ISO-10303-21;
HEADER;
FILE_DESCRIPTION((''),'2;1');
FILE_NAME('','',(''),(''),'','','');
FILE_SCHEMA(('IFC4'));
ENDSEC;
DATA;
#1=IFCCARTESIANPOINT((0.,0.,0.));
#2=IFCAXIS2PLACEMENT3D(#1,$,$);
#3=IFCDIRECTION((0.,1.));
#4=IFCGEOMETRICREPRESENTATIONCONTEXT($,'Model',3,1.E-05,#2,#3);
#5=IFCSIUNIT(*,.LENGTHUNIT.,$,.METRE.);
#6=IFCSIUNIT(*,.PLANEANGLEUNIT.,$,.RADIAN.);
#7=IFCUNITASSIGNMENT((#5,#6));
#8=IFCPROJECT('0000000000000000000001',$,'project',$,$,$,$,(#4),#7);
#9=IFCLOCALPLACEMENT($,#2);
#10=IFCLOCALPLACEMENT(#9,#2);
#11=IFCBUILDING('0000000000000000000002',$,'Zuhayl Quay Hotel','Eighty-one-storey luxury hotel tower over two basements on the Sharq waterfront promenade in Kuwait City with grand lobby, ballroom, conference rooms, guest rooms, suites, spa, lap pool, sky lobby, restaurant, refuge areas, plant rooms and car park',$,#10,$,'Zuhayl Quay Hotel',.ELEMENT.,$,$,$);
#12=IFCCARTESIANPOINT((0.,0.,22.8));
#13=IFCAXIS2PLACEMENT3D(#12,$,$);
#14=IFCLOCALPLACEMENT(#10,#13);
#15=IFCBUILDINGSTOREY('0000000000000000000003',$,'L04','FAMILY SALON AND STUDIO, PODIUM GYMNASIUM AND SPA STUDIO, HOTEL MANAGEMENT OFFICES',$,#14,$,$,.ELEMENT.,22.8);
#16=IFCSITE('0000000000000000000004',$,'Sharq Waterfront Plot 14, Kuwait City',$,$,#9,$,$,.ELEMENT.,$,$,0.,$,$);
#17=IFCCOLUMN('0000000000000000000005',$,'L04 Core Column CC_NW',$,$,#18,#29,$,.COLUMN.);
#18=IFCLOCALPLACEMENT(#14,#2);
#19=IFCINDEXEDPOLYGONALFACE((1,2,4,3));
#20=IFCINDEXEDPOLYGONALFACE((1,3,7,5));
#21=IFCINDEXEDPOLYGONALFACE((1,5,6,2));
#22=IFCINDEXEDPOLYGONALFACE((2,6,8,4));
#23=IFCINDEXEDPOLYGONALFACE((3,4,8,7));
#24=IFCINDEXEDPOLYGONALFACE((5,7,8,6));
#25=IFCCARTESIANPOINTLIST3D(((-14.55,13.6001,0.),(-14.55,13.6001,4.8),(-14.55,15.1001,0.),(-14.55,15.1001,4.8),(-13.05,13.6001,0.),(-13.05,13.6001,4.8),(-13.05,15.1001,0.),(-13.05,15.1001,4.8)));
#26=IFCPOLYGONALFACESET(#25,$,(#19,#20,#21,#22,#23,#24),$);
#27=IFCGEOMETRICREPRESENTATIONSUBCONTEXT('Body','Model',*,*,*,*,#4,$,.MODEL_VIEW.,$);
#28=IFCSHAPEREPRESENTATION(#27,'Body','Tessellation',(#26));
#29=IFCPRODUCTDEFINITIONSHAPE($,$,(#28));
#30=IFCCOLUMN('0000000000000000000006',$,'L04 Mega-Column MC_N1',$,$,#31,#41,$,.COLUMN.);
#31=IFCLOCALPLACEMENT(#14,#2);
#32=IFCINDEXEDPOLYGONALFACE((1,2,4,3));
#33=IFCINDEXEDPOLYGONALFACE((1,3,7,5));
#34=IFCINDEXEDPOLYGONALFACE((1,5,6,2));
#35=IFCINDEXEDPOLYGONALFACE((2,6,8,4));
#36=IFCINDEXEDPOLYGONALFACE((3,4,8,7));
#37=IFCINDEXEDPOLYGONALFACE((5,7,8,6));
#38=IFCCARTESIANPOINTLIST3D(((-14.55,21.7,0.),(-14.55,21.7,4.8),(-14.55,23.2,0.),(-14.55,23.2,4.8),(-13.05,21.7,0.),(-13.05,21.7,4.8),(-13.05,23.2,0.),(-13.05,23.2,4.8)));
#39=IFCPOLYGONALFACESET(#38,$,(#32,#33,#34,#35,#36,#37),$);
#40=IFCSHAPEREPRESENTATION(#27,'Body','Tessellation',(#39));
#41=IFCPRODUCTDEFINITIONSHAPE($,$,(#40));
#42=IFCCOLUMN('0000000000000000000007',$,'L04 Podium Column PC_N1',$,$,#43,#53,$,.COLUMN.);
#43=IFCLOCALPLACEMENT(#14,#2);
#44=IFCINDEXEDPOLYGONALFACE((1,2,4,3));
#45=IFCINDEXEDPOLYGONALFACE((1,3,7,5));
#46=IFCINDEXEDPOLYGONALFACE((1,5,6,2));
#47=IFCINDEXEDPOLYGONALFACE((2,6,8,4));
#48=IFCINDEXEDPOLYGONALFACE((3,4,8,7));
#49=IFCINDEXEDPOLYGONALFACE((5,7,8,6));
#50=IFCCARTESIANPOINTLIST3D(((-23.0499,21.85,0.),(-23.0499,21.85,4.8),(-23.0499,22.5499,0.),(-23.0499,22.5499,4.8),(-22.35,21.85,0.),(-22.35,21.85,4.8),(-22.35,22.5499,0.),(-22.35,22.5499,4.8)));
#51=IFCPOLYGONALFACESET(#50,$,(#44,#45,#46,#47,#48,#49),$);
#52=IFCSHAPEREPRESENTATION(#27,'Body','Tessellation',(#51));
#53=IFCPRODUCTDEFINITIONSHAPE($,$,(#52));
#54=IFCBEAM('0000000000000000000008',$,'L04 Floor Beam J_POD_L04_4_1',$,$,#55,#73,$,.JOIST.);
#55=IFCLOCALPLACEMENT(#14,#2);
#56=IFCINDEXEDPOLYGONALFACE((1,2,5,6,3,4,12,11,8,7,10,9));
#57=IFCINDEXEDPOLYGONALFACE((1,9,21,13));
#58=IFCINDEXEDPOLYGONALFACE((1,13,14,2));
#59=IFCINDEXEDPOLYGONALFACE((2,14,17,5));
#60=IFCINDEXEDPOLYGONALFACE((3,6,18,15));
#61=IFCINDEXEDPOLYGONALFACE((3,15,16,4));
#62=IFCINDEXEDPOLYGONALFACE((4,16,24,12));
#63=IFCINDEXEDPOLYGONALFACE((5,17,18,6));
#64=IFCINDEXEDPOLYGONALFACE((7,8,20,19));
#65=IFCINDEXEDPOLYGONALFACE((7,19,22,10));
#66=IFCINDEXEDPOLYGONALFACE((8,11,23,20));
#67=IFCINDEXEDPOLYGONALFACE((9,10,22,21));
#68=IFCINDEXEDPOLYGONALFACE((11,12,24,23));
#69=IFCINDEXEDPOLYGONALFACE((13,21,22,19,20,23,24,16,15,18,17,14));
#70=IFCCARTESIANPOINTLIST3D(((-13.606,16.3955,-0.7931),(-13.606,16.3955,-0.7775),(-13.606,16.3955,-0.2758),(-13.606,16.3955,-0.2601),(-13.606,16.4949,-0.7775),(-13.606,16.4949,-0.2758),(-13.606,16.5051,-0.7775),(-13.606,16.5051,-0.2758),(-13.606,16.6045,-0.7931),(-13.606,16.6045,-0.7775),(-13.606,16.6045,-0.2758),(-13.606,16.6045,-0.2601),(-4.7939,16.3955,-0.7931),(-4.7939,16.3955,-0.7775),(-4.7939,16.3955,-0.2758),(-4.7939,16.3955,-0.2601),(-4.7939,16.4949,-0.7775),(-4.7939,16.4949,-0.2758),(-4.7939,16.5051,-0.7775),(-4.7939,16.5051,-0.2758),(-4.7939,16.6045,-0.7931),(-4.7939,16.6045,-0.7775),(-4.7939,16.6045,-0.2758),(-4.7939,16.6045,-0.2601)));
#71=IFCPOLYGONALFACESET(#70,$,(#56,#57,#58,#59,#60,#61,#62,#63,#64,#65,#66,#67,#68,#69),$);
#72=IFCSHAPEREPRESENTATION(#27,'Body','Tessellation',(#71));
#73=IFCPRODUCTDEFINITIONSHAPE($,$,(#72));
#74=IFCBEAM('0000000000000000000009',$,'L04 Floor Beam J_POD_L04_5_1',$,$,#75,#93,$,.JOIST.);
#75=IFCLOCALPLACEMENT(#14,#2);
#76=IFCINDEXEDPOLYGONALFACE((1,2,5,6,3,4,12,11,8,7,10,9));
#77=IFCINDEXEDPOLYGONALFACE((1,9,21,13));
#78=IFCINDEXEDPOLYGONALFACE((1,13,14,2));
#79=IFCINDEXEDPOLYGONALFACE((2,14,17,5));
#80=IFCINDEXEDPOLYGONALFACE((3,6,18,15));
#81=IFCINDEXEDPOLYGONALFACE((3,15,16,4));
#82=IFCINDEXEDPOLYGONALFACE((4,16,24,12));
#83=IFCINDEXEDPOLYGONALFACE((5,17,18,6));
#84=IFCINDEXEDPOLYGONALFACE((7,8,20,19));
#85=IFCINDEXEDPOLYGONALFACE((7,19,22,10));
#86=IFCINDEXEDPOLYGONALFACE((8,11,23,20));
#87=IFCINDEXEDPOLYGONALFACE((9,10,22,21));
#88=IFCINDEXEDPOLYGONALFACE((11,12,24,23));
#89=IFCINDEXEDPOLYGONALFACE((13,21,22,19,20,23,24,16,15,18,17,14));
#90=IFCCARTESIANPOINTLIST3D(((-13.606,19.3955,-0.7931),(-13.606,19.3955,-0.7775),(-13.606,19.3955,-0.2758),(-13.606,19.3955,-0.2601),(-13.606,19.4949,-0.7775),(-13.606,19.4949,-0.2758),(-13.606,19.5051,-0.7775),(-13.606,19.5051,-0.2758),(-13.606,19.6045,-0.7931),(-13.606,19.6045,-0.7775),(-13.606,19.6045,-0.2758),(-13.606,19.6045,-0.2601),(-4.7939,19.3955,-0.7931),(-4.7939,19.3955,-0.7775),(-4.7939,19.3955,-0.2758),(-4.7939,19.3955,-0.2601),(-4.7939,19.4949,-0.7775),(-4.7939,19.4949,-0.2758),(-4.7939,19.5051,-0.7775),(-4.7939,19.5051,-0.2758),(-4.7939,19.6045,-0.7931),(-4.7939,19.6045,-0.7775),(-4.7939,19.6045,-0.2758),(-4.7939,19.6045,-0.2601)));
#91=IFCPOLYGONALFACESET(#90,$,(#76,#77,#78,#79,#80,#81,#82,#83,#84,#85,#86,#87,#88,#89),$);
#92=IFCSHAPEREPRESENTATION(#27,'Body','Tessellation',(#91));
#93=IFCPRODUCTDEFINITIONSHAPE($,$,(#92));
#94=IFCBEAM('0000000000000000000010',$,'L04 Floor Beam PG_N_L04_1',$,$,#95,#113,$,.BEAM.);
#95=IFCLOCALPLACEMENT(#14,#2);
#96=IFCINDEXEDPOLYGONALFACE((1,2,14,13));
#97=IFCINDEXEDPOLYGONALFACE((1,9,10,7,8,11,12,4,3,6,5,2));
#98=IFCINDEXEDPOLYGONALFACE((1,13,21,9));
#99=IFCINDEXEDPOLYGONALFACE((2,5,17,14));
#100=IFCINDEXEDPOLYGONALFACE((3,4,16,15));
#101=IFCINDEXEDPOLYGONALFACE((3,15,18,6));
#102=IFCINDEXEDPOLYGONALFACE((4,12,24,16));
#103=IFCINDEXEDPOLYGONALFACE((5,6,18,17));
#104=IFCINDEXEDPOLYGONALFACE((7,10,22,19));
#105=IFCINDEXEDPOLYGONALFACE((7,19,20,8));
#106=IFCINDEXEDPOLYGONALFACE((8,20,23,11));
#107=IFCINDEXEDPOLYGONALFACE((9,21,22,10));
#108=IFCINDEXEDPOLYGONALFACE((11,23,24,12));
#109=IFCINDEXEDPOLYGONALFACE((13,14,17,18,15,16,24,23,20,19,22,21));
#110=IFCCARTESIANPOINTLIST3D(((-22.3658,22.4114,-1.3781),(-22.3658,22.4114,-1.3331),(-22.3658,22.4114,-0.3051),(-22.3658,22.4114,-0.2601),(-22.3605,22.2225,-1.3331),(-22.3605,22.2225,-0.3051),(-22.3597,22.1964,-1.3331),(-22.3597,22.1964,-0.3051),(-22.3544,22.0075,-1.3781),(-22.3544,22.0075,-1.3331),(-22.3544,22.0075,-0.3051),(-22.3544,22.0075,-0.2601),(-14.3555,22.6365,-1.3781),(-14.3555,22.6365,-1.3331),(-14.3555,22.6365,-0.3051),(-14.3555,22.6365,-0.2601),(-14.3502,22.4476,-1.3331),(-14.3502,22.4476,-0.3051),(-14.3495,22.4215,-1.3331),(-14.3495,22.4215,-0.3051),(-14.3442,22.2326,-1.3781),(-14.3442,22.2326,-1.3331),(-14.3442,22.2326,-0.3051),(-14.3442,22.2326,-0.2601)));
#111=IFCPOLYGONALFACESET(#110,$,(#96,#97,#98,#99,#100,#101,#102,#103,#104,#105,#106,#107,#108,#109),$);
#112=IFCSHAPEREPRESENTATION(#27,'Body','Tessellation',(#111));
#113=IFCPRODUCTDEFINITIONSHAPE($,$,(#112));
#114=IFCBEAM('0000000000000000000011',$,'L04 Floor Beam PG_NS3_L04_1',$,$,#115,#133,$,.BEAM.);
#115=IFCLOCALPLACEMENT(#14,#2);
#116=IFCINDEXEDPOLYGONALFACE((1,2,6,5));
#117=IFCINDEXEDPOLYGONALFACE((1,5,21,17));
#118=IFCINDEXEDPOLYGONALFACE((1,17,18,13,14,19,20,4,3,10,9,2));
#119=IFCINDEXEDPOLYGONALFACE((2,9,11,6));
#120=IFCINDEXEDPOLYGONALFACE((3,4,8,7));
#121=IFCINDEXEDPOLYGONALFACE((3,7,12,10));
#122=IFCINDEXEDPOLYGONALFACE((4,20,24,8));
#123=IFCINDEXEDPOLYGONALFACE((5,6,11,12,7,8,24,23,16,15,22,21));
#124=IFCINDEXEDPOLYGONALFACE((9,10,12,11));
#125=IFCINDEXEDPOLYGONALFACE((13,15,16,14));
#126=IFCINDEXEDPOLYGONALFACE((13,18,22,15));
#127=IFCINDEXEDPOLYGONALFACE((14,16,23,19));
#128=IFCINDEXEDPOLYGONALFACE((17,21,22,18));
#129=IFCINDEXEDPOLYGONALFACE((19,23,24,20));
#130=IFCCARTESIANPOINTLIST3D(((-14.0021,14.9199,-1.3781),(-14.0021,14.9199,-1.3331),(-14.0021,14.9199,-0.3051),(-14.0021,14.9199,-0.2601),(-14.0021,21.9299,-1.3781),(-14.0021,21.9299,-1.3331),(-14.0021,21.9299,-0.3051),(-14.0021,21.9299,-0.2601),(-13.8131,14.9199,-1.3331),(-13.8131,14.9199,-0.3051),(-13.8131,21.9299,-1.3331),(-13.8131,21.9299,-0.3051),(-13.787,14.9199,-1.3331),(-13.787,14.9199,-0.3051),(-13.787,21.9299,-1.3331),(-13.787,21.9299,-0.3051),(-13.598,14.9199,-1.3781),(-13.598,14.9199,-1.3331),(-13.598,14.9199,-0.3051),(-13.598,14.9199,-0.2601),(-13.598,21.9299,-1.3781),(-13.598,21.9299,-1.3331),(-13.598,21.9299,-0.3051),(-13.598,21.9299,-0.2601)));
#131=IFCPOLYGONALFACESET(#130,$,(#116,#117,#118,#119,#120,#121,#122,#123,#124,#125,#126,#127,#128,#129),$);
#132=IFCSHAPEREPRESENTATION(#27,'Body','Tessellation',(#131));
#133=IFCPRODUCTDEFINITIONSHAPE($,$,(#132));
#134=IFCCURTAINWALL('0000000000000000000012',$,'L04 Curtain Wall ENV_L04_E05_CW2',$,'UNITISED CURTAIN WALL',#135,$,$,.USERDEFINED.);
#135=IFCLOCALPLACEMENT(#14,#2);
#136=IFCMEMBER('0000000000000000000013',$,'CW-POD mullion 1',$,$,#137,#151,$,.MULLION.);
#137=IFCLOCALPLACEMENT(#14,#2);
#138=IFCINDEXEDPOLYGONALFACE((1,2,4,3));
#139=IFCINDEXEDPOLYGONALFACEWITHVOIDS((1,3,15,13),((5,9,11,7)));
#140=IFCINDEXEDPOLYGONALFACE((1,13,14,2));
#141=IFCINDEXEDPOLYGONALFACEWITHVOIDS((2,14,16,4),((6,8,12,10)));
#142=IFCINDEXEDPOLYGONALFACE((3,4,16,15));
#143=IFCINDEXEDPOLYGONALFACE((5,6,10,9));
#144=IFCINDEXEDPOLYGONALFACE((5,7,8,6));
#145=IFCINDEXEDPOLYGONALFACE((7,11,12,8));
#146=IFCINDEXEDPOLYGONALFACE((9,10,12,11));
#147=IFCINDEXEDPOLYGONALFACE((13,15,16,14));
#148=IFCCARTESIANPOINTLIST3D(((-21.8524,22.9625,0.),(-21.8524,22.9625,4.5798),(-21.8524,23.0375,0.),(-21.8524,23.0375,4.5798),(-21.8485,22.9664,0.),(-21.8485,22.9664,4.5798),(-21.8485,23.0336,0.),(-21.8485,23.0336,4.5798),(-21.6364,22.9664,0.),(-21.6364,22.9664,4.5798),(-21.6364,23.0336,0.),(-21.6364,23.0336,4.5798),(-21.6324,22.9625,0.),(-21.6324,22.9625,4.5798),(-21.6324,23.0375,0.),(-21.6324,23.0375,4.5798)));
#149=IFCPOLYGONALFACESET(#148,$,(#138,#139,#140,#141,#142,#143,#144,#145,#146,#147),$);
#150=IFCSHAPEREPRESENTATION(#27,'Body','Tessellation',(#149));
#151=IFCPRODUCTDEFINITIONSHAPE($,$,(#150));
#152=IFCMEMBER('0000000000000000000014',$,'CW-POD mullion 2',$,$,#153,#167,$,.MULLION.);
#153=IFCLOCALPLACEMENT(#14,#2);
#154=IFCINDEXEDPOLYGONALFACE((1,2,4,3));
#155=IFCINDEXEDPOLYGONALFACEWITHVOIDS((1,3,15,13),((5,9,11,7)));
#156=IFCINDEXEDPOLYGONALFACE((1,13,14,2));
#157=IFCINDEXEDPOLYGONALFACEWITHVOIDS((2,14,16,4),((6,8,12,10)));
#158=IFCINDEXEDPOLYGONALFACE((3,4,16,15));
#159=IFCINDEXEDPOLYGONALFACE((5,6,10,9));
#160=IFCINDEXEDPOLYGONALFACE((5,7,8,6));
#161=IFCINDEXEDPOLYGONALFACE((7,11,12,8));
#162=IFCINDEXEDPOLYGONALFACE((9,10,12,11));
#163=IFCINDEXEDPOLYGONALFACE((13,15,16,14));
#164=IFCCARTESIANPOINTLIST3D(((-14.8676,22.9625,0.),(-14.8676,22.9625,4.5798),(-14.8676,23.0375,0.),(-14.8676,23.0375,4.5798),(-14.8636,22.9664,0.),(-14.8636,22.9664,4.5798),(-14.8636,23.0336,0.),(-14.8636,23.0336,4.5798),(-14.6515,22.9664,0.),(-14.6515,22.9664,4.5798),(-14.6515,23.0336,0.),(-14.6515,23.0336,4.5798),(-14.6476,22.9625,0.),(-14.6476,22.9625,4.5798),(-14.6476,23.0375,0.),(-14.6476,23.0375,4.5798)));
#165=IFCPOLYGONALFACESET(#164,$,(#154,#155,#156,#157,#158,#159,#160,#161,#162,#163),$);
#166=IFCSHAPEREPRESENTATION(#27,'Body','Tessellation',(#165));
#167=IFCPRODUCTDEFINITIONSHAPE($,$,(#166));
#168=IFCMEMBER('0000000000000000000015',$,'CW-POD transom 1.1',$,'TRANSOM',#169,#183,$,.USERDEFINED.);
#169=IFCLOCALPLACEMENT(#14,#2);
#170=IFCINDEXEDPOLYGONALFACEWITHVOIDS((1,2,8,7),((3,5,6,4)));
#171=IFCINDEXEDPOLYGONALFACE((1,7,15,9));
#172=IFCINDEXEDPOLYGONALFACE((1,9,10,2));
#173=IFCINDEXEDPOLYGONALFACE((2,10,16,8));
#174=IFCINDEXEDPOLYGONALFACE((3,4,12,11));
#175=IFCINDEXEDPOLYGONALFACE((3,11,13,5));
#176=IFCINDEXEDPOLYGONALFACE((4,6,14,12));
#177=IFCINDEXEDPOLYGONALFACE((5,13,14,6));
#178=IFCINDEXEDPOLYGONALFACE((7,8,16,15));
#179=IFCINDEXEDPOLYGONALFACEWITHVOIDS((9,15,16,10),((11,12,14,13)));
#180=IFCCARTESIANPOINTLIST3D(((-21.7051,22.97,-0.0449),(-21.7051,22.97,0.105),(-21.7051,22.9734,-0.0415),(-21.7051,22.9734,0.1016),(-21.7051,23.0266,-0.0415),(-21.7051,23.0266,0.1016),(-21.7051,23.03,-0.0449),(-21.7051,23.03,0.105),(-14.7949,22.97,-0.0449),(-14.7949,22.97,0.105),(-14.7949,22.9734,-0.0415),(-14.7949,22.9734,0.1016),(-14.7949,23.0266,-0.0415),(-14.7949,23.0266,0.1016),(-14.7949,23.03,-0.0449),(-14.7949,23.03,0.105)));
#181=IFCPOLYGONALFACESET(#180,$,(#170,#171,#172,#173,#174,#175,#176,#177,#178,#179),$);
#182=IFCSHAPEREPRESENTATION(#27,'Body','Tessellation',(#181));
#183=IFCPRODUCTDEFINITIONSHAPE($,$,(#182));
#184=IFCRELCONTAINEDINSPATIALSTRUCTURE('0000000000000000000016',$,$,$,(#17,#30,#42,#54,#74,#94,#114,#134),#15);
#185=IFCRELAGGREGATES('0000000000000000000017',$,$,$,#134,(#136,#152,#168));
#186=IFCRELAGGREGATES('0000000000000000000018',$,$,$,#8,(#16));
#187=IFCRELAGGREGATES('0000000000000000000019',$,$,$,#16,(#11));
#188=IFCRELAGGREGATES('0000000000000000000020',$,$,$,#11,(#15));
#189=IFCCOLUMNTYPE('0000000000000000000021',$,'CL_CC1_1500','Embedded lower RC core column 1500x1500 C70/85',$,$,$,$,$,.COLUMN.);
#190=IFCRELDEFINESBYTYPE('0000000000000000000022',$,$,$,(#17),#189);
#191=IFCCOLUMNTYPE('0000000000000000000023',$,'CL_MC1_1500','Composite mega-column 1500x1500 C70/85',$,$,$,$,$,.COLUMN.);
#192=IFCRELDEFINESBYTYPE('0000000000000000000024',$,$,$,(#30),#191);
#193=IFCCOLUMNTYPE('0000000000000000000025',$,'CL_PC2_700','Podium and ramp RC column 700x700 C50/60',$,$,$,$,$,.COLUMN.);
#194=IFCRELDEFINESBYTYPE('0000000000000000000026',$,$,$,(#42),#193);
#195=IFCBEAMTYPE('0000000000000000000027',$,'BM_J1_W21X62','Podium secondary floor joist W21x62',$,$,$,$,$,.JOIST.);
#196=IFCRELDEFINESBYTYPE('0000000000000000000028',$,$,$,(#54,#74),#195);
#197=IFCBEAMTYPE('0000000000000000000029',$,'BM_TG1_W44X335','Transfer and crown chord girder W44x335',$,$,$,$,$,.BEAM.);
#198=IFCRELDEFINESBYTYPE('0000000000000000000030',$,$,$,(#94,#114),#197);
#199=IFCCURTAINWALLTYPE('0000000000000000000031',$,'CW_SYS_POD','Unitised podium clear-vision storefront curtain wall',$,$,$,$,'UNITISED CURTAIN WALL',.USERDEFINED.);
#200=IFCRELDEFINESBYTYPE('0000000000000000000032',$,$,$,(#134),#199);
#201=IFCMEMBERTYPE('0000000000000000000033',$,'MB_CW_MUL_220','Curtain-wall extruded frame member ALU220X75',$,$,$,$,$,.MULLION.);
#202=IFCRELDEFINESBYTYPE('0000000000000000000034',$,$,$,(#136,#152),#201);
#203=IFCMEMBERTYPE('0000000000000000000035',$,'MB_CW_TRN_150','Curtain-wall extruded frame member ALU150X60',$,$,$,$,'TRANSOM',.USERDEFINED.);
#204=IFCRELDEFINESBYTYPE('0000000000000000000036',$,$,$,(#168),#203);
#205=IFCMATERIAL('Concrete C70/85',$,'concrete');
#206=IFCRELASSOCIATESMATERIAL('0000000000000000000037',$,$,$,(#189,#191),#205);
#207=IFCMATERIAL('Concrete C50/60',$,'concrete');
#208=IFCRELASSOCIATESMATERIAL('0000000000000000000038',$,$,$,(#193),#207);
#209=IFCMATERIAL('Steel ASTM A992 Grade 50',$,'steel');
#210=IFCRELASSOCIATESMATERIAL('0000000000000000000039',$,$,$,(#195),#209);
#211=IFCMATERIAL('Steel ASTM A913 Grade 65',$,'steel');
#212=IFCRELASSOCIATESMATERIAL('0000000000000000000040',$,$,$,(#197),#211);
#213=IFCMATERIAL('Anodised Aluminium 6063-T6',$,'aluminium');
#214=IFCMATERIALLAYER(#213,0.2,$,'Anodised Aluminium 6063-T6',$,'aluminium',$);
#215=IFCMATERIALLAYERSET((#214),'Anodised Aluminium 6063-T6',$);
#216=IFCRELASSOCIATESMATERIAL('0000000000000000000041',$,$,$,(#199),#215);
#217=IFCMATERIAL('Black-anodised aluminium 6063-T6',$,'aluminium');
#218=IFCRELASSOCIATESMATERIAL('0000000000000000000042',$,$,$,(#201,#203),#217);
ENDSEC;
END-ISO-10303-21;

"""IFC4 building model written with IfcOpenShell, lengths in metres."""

from ifc_helpers import new_model, si_unit, direction, frame, origin, origin_2d, place, context, subcontext, project, spatial, rectangle, hollow_rectangle, i_section, extrude, material, layer, layer_set, material_profile, profile_set, type_object, element, aggregate, save


model = new_model("IFC4")

# Units and contexts
model_context = context("Model", 3, precision=1e-05, world=origin(), true_north=direction((0.0, 1.0)))
body_context = subcontext(model_context, "Body", "Model", "MODEL_VIEW")
ifc_project = project(units=[si_unit("LENGTHUNIT", "METRE"), si_unit("PLANEANGLEUNIT", "RADIAN")], contexts=[model_context])

# Site, building, storey
site_placement = place(None, origin())
site = spatial("IfcSite", under=ifc_project, at=site_placement, Name="Sharq Waterfront Plot 14, Kuwait City", CompositionType="ELEMENT", RefElevation=0.0)
building_placement = place(site_placement, origin())
building = spatial("IfcBuilding", under=site, at=building_placement, Name="Zuhayl Quay Hotel", Description="Eighty-one-storey luxury hotel tower over two basements on the Sharq waterfront promenade in Kuwait City with grand lobby, ballroom, conference rooms, guest rooms, suites, spa, lap pool, sky lobby, restaurant, refuge areas, plant rooms and car park", LongName="Zuhayl Quay Hotel", CompositionType="ELEMENT")
storey_placement = place(building_placement, frame((0.0, 0.0, 22.8)))
storey = spatial("IfcBuildingStorey", under=building, at=storey_placement, Name="L04", Description="FAMILY SALON AND STUDIO, PODIUM GYMNASIUM AND SPA STUDIO, HOTEL MANAGEMENT OFFICES", CompositionType="ELEMENT", Elevation=22.8)

# Columns
ifc_material_1 = material(Name="Concrete C70/85", Category="concrete")
ifc_material_profile_1 = material_profile(ifc_material_1, rectangle(XDim=1.5, YDim=1.5, at=origin_2d()), Name="RC1500X1500")
ifc_profile_set_1 = profile_set([ifc_material_profile_1], Name="Concrete C70/85")
column_type_1 = type_object("IfcColumnType", Name="CL_CC1_1500", Description="Embedded lower RC core column 1500x1500 C70/85", PredefinedType="COLUMN", material=ifc_profile_set_1)
column_1_placement = place(storey_placement, frame((-13.8, 14.3501, 0.0), z_axis=(0.0, 0.0, 1.0), x_axis=(1.0, 0.0, 0.0)))
element("IfcColumn", 1, at=column_1_placement, inside=storey, type_object=column_type_1, Name="L04 Core Column CC_NW", PredefinedType="COLUMN", context=body_context, shape_type="SweptSolid", body=[
    extrude(rectangle(XDim=1.5, YDim=1.5, at=origin_2d()), origin(), (0.0, 0.0, 1.0), 4.8),
])
ifc_material_profile_2 = material_profile(ifc_material_1, rectangle(XDim=1.5, YDim=1.5, at=origin_2d()), Name="RC1500X1500")
ifc_profile_set_2 = profile_set([ifc_material_profile_2], Name="Concrete C70/85")
column_type_2 = type_object("IfcColumnType", Name="CL_MC1_1500", Description="Composite mega-column 1500x1500 C70/85", PredefinedType="COLUMN", material=ifc_profile_set_2)
column_2_placement = place(storey_placement, frame((-13.8, 22.45, 0.0), z_axis=(0.0, 0.0, 1.0), x_axis=(1.0, 0.0, 0.0)))
element("IfcColumn", 2, at=column_2_placement, inside=storey, type_object=column_type_2, Name="L04 Mega-Column MC_N1", PredefinedType="COLUMN", context=body_context, shape_type="SweptSolid", body=[
    extrude(rectangle(XDim=1.5, YDim=1.5, at=origin_2d()), origin(), (0.0, 0.0, 1.0), 4.8),
])
ifc_material_2 = material(Name="Concrete C50/60", Category="concrete")
ifc_material_profile_3 = material_profile(ifc_material_2, rectangle(XDim=0.7, YDim=0.7, at=origin_2d()), Name="RC700X700")
ifc_profile_set_3 = profile_set([ifc_material_profile_3], Name="Concrete C50/60")
column_type_3 = type_object("IfcColumnType", Name="CL_PC2_700", Description="Podium and ramp RC column 700x700 C50/60", PredefinedType="COLUMN", material=ifc_profile_set_3)
column_3_placement = place(storey_placement, frame((-22.7, 22.2, 0.0), z_axis=(0.0, 0.0, 1.0), x_axis=(1.0, 0.0, 0.0)))
element("IfcColumn", 3, at=column_3_placement, inside=storey, type_object=column_type_3, Name="L04 Podium Column PC_N1", PredefinedType="COLUMN", context=body_context, shape_type="SweptSolid", body=[
    extrude(rectangle(XDim=0.7, YDim=0.7, at=origin_2d()), origin(), (0.0, 0.0, 1.0), 4.8),
])

# Beams
ifc_material_3 = material(Name="Steel ASTM A992 Grade 50", Category="steel")
ifc_material_profile_4 = material_profile(ifc_material_3, i_section(OverallWidth=0.209, OverallDepth=0.533, WebThickness=0.0103, FlangeThickness=0.0156, at=origin_2d()), Name="W21X62")
ifc_profile_set_4 = profile_set([ifc_material_profile_4], Name="Steel ASTM A992 Grade 50")
beam_type_1 = type_object("IfcBeamType", Name="BM_J1_W21X62", Description="Podium secondary floor joist W21x62", PredefinedType="JOIST", material=ifc_profile_set_4)
for number, where, z_axis, x_axis, name in (
    (4, (-13.606, 16.5, -0.5266), (1.0, 0.0, 0.0), (0.0, 1.0, 0.0), "L04 Floor Beam J_POD_L04_4_1"),
    (5, (-13.606, 19.5, -0.5266), (1.0, 0.0, 0.0), (0.0, 1.0, 0.0), "L04 Floor Beam J_POD_L04_5_1"),
):
    element("IfcBeam", number, at=place(storey_placement, frame(where, z_axis=z_axis, x_axis=x_axis)), inside=storey, type_object=beam_type_1, Name=name, PredefinedType="JOIST", context=body_context, shape_type="SweptSolid", body=[
        extrude(i_section(OverallWidth=0.209, OverallDepth=0.533, WebThickness=0.0103, FlangeThickness=0.0156, at=origin_2d()), origin(), (0.0, 0.0, 1.0), 8.812),
    ])
ifc_material_4 = material(Name="Steel ASTM A913 Grade 65", Category="steel")
ifc_material_profile_5 = material_profile(ifc_material_4, i_section(OverallWidth=0.4041, OverallDepth=1.1179, WebThickness=0.0261, FlangeThickness=0.0449, at=origin_2d()), Name="W44X335")
ifc_profile_set_5 = profile_set([ifc_material_profile_5], Name="Steel ASTM A913 Grade 65")
beam_type_2 = type_object("IfcBeamType", Name="BM_TG1_W44X335", Description="Transfer and crown chord girder W44x335", PredefinedType="BEAM", material=ifc_profile_set_5)
beam_1_placement = place(storey_placement, frame((-22.3601, 22.2095, -0.8191), z_axis=(0.999605, 0.02809, 0.0), x_axis=(-0.02809, 0.999605, 0.0)))
element("IfcBeam", 6, at=beam_1_placement, inside=storey, type_object=beam_type_2, Name="L04 Floor Beam PG_N_L04_1", PredefinedType="BEAM", context=body_context, shape_type="SweptSolid", body=[
    extrude(i_section(OverallWidth=0.4041, OverallDepth=1.1179, WebThickness=0.0261, FlangeThickness=0.0449, at=origin_2d()), origin(), (0.0, 0.0, 1.0), 8.0134),
])
beam_2_placement = place(storey_placement, frame((-13.8, 14.9199, -0.8191), z_axis=(0.0, 1.0, 0.0), x_axis=(-1.0, 0.0, 0.0)))
element("IfcBeam", 7, at=beam_2_placement, inside=storey, type_object=beam_type_2, Name="L04 Floor Beam PG_NS3_L04_1", PredefinedType="BEAM", context=body_context, shape_type="SweptSolid", body=[
    extrude(i_section(OverallWidth=0.4041, OverallDepth=1.1179, WebThickness=0.0261, FlangeThickness=0.0449, at=origin_2d()), origin(), (0.0, 0.0, 1.0), 7.01),
])

# Curtain wall, members
ifc_material_5 = material(Name="Anodised Aluminium 6063-T6", Category="aluminium")
ifc_layer_1 = layer(ifc_material_5, 0.2, Name="Anodised Aluminium 6063-T6", Category="aluminium")
ifc_layer_set_1 = layer_set([ifc_layer_1], Name="Anodised Aluminium 6063-T6")
curtain_wall_type = type_object("IfcCurtainWallType", Name="CW_SYS_POD", Description="Unitised podium clear-vision storefront curtain wall", ElementType="UNITISED CURTAIN WALL", PredefinedType="USERDEFINED", material=ifc_layer_set_1)
curtain_wall_placement = place(storey_placement, origin())
curtain_wall = element("IfcCurtainWall", 8, at=curtain_wall_placement, inside=storey, type_object=curtain_wall_type, Name="L04 Curtain Wall ENV_L04_E05_CW2", ObjectType="UNITISED CURTAIN WALL", PredefinedType="USERDEFINED")
ifc_material_6 = material(Name="Black-anodised aluminium 6063-T6", Category="aluminium")
ifc_material_profile_6 = material_profile(ifc_material_6, hollow_rectangle(XDim=0.075, YDim=0.22, WallThickness=0.0039, at=origin_2d()), Name="ALU220X75")
ifc_profile_set_6 = profile_set([ifc_material_profile_6], Name="Black-anodised aluminium 6063-T6")
member_type_1 = type_object("IfcMemberType", Name="MB_CW_MUL_220", Description="Curtain-wall extruded frame member ALU220X75", PredefinedType="MULLION", material=ifc_profile_set_6)
member_1_placement = place(storey_placement, frame((-21.7424, 23.0, 0.0), z_axis=(0.0, 0.0, 1.0), x_axis=(0.0, 1.0, 0.0)))
member_1 = element("IfcMember", 9, at=member_1_placement, type_object=member_type_1, Name="CW-POD mullion 1", PredefinedType="MULLION", context=body_context, shape_type="SweptSolid", body=[
    extrude(hollow_rectangle(XDim=0.075, YDim=0.22, WallThickness=0.0039, at=origin_2d()), origin(), (0.0, 0.0, 1.0), 4.5798),
])
member_2_placement = place(storey_placement, frame((-14.7576, 23.0, 0.0), z_axis=(0.0, 0.0, 1.0), x_axis=(0.0, 1.0, 0.0)))
member_2 = element("IfcMember", 10, at=member_2_placement, type_object=member_type_1, Name="CW-POD mullion 2", PredefinedType="MULLION", context=body_context, shape_type="SweptSolid", body=[
    extrude(hollow_rectangle(XDim=0.075, YDim=0.22, WallThickness=0.0039, at=origin_2d()), origin(), (0.0, 0.0, 1.0), 4.5798),
])
ifc_material_profile_7 = material_profile(ifc_material_6, hollow_rectangle(XDim=0.0601, YDim=0.1499, WallThickness=0.0034, at=origin_2d()), Name="ALU150X60")
ifc_profile_set_7 = profile_set([ifc_material_profile_7], Name="Black-anodised aluminium 6063-T6")
member_type_2 = type_object("IfcMemberType", Name="MB_CW_TRN_150", Description="Curtain-wall extruded frame member ALU150X60", ElementType="TRANSOM", PredefinedType="USERDEFINED", material=ifc_profile_set_7)
member_3_placement = place(storey_placement, frame((-21.7051, 23.0, 0.03), z_axis=(1.0, 0.0, 0.0), x_axis=(0.0, 1.0, 0.0)))
member_3 = element("IfcMember", 11, at=member_3_placement, type_object=member_type_2, Name="CW-POD transom 1.1", ObjectType="TRANSOM", PredefinedType="USERDEFINED", context=body_context, shape_type="SweptSolid", body=[
    extrude(hollow_rectangle(XDim=0.0601, YDim=0.1499, WallThickness=0.0034, at=origin_2d()), origin(), (0.0, 0.0, 1.0), 6.9102),
])
aggregate(curtain_wall, [member_1, member_2, member_3])

save(model, "model.ifc")
